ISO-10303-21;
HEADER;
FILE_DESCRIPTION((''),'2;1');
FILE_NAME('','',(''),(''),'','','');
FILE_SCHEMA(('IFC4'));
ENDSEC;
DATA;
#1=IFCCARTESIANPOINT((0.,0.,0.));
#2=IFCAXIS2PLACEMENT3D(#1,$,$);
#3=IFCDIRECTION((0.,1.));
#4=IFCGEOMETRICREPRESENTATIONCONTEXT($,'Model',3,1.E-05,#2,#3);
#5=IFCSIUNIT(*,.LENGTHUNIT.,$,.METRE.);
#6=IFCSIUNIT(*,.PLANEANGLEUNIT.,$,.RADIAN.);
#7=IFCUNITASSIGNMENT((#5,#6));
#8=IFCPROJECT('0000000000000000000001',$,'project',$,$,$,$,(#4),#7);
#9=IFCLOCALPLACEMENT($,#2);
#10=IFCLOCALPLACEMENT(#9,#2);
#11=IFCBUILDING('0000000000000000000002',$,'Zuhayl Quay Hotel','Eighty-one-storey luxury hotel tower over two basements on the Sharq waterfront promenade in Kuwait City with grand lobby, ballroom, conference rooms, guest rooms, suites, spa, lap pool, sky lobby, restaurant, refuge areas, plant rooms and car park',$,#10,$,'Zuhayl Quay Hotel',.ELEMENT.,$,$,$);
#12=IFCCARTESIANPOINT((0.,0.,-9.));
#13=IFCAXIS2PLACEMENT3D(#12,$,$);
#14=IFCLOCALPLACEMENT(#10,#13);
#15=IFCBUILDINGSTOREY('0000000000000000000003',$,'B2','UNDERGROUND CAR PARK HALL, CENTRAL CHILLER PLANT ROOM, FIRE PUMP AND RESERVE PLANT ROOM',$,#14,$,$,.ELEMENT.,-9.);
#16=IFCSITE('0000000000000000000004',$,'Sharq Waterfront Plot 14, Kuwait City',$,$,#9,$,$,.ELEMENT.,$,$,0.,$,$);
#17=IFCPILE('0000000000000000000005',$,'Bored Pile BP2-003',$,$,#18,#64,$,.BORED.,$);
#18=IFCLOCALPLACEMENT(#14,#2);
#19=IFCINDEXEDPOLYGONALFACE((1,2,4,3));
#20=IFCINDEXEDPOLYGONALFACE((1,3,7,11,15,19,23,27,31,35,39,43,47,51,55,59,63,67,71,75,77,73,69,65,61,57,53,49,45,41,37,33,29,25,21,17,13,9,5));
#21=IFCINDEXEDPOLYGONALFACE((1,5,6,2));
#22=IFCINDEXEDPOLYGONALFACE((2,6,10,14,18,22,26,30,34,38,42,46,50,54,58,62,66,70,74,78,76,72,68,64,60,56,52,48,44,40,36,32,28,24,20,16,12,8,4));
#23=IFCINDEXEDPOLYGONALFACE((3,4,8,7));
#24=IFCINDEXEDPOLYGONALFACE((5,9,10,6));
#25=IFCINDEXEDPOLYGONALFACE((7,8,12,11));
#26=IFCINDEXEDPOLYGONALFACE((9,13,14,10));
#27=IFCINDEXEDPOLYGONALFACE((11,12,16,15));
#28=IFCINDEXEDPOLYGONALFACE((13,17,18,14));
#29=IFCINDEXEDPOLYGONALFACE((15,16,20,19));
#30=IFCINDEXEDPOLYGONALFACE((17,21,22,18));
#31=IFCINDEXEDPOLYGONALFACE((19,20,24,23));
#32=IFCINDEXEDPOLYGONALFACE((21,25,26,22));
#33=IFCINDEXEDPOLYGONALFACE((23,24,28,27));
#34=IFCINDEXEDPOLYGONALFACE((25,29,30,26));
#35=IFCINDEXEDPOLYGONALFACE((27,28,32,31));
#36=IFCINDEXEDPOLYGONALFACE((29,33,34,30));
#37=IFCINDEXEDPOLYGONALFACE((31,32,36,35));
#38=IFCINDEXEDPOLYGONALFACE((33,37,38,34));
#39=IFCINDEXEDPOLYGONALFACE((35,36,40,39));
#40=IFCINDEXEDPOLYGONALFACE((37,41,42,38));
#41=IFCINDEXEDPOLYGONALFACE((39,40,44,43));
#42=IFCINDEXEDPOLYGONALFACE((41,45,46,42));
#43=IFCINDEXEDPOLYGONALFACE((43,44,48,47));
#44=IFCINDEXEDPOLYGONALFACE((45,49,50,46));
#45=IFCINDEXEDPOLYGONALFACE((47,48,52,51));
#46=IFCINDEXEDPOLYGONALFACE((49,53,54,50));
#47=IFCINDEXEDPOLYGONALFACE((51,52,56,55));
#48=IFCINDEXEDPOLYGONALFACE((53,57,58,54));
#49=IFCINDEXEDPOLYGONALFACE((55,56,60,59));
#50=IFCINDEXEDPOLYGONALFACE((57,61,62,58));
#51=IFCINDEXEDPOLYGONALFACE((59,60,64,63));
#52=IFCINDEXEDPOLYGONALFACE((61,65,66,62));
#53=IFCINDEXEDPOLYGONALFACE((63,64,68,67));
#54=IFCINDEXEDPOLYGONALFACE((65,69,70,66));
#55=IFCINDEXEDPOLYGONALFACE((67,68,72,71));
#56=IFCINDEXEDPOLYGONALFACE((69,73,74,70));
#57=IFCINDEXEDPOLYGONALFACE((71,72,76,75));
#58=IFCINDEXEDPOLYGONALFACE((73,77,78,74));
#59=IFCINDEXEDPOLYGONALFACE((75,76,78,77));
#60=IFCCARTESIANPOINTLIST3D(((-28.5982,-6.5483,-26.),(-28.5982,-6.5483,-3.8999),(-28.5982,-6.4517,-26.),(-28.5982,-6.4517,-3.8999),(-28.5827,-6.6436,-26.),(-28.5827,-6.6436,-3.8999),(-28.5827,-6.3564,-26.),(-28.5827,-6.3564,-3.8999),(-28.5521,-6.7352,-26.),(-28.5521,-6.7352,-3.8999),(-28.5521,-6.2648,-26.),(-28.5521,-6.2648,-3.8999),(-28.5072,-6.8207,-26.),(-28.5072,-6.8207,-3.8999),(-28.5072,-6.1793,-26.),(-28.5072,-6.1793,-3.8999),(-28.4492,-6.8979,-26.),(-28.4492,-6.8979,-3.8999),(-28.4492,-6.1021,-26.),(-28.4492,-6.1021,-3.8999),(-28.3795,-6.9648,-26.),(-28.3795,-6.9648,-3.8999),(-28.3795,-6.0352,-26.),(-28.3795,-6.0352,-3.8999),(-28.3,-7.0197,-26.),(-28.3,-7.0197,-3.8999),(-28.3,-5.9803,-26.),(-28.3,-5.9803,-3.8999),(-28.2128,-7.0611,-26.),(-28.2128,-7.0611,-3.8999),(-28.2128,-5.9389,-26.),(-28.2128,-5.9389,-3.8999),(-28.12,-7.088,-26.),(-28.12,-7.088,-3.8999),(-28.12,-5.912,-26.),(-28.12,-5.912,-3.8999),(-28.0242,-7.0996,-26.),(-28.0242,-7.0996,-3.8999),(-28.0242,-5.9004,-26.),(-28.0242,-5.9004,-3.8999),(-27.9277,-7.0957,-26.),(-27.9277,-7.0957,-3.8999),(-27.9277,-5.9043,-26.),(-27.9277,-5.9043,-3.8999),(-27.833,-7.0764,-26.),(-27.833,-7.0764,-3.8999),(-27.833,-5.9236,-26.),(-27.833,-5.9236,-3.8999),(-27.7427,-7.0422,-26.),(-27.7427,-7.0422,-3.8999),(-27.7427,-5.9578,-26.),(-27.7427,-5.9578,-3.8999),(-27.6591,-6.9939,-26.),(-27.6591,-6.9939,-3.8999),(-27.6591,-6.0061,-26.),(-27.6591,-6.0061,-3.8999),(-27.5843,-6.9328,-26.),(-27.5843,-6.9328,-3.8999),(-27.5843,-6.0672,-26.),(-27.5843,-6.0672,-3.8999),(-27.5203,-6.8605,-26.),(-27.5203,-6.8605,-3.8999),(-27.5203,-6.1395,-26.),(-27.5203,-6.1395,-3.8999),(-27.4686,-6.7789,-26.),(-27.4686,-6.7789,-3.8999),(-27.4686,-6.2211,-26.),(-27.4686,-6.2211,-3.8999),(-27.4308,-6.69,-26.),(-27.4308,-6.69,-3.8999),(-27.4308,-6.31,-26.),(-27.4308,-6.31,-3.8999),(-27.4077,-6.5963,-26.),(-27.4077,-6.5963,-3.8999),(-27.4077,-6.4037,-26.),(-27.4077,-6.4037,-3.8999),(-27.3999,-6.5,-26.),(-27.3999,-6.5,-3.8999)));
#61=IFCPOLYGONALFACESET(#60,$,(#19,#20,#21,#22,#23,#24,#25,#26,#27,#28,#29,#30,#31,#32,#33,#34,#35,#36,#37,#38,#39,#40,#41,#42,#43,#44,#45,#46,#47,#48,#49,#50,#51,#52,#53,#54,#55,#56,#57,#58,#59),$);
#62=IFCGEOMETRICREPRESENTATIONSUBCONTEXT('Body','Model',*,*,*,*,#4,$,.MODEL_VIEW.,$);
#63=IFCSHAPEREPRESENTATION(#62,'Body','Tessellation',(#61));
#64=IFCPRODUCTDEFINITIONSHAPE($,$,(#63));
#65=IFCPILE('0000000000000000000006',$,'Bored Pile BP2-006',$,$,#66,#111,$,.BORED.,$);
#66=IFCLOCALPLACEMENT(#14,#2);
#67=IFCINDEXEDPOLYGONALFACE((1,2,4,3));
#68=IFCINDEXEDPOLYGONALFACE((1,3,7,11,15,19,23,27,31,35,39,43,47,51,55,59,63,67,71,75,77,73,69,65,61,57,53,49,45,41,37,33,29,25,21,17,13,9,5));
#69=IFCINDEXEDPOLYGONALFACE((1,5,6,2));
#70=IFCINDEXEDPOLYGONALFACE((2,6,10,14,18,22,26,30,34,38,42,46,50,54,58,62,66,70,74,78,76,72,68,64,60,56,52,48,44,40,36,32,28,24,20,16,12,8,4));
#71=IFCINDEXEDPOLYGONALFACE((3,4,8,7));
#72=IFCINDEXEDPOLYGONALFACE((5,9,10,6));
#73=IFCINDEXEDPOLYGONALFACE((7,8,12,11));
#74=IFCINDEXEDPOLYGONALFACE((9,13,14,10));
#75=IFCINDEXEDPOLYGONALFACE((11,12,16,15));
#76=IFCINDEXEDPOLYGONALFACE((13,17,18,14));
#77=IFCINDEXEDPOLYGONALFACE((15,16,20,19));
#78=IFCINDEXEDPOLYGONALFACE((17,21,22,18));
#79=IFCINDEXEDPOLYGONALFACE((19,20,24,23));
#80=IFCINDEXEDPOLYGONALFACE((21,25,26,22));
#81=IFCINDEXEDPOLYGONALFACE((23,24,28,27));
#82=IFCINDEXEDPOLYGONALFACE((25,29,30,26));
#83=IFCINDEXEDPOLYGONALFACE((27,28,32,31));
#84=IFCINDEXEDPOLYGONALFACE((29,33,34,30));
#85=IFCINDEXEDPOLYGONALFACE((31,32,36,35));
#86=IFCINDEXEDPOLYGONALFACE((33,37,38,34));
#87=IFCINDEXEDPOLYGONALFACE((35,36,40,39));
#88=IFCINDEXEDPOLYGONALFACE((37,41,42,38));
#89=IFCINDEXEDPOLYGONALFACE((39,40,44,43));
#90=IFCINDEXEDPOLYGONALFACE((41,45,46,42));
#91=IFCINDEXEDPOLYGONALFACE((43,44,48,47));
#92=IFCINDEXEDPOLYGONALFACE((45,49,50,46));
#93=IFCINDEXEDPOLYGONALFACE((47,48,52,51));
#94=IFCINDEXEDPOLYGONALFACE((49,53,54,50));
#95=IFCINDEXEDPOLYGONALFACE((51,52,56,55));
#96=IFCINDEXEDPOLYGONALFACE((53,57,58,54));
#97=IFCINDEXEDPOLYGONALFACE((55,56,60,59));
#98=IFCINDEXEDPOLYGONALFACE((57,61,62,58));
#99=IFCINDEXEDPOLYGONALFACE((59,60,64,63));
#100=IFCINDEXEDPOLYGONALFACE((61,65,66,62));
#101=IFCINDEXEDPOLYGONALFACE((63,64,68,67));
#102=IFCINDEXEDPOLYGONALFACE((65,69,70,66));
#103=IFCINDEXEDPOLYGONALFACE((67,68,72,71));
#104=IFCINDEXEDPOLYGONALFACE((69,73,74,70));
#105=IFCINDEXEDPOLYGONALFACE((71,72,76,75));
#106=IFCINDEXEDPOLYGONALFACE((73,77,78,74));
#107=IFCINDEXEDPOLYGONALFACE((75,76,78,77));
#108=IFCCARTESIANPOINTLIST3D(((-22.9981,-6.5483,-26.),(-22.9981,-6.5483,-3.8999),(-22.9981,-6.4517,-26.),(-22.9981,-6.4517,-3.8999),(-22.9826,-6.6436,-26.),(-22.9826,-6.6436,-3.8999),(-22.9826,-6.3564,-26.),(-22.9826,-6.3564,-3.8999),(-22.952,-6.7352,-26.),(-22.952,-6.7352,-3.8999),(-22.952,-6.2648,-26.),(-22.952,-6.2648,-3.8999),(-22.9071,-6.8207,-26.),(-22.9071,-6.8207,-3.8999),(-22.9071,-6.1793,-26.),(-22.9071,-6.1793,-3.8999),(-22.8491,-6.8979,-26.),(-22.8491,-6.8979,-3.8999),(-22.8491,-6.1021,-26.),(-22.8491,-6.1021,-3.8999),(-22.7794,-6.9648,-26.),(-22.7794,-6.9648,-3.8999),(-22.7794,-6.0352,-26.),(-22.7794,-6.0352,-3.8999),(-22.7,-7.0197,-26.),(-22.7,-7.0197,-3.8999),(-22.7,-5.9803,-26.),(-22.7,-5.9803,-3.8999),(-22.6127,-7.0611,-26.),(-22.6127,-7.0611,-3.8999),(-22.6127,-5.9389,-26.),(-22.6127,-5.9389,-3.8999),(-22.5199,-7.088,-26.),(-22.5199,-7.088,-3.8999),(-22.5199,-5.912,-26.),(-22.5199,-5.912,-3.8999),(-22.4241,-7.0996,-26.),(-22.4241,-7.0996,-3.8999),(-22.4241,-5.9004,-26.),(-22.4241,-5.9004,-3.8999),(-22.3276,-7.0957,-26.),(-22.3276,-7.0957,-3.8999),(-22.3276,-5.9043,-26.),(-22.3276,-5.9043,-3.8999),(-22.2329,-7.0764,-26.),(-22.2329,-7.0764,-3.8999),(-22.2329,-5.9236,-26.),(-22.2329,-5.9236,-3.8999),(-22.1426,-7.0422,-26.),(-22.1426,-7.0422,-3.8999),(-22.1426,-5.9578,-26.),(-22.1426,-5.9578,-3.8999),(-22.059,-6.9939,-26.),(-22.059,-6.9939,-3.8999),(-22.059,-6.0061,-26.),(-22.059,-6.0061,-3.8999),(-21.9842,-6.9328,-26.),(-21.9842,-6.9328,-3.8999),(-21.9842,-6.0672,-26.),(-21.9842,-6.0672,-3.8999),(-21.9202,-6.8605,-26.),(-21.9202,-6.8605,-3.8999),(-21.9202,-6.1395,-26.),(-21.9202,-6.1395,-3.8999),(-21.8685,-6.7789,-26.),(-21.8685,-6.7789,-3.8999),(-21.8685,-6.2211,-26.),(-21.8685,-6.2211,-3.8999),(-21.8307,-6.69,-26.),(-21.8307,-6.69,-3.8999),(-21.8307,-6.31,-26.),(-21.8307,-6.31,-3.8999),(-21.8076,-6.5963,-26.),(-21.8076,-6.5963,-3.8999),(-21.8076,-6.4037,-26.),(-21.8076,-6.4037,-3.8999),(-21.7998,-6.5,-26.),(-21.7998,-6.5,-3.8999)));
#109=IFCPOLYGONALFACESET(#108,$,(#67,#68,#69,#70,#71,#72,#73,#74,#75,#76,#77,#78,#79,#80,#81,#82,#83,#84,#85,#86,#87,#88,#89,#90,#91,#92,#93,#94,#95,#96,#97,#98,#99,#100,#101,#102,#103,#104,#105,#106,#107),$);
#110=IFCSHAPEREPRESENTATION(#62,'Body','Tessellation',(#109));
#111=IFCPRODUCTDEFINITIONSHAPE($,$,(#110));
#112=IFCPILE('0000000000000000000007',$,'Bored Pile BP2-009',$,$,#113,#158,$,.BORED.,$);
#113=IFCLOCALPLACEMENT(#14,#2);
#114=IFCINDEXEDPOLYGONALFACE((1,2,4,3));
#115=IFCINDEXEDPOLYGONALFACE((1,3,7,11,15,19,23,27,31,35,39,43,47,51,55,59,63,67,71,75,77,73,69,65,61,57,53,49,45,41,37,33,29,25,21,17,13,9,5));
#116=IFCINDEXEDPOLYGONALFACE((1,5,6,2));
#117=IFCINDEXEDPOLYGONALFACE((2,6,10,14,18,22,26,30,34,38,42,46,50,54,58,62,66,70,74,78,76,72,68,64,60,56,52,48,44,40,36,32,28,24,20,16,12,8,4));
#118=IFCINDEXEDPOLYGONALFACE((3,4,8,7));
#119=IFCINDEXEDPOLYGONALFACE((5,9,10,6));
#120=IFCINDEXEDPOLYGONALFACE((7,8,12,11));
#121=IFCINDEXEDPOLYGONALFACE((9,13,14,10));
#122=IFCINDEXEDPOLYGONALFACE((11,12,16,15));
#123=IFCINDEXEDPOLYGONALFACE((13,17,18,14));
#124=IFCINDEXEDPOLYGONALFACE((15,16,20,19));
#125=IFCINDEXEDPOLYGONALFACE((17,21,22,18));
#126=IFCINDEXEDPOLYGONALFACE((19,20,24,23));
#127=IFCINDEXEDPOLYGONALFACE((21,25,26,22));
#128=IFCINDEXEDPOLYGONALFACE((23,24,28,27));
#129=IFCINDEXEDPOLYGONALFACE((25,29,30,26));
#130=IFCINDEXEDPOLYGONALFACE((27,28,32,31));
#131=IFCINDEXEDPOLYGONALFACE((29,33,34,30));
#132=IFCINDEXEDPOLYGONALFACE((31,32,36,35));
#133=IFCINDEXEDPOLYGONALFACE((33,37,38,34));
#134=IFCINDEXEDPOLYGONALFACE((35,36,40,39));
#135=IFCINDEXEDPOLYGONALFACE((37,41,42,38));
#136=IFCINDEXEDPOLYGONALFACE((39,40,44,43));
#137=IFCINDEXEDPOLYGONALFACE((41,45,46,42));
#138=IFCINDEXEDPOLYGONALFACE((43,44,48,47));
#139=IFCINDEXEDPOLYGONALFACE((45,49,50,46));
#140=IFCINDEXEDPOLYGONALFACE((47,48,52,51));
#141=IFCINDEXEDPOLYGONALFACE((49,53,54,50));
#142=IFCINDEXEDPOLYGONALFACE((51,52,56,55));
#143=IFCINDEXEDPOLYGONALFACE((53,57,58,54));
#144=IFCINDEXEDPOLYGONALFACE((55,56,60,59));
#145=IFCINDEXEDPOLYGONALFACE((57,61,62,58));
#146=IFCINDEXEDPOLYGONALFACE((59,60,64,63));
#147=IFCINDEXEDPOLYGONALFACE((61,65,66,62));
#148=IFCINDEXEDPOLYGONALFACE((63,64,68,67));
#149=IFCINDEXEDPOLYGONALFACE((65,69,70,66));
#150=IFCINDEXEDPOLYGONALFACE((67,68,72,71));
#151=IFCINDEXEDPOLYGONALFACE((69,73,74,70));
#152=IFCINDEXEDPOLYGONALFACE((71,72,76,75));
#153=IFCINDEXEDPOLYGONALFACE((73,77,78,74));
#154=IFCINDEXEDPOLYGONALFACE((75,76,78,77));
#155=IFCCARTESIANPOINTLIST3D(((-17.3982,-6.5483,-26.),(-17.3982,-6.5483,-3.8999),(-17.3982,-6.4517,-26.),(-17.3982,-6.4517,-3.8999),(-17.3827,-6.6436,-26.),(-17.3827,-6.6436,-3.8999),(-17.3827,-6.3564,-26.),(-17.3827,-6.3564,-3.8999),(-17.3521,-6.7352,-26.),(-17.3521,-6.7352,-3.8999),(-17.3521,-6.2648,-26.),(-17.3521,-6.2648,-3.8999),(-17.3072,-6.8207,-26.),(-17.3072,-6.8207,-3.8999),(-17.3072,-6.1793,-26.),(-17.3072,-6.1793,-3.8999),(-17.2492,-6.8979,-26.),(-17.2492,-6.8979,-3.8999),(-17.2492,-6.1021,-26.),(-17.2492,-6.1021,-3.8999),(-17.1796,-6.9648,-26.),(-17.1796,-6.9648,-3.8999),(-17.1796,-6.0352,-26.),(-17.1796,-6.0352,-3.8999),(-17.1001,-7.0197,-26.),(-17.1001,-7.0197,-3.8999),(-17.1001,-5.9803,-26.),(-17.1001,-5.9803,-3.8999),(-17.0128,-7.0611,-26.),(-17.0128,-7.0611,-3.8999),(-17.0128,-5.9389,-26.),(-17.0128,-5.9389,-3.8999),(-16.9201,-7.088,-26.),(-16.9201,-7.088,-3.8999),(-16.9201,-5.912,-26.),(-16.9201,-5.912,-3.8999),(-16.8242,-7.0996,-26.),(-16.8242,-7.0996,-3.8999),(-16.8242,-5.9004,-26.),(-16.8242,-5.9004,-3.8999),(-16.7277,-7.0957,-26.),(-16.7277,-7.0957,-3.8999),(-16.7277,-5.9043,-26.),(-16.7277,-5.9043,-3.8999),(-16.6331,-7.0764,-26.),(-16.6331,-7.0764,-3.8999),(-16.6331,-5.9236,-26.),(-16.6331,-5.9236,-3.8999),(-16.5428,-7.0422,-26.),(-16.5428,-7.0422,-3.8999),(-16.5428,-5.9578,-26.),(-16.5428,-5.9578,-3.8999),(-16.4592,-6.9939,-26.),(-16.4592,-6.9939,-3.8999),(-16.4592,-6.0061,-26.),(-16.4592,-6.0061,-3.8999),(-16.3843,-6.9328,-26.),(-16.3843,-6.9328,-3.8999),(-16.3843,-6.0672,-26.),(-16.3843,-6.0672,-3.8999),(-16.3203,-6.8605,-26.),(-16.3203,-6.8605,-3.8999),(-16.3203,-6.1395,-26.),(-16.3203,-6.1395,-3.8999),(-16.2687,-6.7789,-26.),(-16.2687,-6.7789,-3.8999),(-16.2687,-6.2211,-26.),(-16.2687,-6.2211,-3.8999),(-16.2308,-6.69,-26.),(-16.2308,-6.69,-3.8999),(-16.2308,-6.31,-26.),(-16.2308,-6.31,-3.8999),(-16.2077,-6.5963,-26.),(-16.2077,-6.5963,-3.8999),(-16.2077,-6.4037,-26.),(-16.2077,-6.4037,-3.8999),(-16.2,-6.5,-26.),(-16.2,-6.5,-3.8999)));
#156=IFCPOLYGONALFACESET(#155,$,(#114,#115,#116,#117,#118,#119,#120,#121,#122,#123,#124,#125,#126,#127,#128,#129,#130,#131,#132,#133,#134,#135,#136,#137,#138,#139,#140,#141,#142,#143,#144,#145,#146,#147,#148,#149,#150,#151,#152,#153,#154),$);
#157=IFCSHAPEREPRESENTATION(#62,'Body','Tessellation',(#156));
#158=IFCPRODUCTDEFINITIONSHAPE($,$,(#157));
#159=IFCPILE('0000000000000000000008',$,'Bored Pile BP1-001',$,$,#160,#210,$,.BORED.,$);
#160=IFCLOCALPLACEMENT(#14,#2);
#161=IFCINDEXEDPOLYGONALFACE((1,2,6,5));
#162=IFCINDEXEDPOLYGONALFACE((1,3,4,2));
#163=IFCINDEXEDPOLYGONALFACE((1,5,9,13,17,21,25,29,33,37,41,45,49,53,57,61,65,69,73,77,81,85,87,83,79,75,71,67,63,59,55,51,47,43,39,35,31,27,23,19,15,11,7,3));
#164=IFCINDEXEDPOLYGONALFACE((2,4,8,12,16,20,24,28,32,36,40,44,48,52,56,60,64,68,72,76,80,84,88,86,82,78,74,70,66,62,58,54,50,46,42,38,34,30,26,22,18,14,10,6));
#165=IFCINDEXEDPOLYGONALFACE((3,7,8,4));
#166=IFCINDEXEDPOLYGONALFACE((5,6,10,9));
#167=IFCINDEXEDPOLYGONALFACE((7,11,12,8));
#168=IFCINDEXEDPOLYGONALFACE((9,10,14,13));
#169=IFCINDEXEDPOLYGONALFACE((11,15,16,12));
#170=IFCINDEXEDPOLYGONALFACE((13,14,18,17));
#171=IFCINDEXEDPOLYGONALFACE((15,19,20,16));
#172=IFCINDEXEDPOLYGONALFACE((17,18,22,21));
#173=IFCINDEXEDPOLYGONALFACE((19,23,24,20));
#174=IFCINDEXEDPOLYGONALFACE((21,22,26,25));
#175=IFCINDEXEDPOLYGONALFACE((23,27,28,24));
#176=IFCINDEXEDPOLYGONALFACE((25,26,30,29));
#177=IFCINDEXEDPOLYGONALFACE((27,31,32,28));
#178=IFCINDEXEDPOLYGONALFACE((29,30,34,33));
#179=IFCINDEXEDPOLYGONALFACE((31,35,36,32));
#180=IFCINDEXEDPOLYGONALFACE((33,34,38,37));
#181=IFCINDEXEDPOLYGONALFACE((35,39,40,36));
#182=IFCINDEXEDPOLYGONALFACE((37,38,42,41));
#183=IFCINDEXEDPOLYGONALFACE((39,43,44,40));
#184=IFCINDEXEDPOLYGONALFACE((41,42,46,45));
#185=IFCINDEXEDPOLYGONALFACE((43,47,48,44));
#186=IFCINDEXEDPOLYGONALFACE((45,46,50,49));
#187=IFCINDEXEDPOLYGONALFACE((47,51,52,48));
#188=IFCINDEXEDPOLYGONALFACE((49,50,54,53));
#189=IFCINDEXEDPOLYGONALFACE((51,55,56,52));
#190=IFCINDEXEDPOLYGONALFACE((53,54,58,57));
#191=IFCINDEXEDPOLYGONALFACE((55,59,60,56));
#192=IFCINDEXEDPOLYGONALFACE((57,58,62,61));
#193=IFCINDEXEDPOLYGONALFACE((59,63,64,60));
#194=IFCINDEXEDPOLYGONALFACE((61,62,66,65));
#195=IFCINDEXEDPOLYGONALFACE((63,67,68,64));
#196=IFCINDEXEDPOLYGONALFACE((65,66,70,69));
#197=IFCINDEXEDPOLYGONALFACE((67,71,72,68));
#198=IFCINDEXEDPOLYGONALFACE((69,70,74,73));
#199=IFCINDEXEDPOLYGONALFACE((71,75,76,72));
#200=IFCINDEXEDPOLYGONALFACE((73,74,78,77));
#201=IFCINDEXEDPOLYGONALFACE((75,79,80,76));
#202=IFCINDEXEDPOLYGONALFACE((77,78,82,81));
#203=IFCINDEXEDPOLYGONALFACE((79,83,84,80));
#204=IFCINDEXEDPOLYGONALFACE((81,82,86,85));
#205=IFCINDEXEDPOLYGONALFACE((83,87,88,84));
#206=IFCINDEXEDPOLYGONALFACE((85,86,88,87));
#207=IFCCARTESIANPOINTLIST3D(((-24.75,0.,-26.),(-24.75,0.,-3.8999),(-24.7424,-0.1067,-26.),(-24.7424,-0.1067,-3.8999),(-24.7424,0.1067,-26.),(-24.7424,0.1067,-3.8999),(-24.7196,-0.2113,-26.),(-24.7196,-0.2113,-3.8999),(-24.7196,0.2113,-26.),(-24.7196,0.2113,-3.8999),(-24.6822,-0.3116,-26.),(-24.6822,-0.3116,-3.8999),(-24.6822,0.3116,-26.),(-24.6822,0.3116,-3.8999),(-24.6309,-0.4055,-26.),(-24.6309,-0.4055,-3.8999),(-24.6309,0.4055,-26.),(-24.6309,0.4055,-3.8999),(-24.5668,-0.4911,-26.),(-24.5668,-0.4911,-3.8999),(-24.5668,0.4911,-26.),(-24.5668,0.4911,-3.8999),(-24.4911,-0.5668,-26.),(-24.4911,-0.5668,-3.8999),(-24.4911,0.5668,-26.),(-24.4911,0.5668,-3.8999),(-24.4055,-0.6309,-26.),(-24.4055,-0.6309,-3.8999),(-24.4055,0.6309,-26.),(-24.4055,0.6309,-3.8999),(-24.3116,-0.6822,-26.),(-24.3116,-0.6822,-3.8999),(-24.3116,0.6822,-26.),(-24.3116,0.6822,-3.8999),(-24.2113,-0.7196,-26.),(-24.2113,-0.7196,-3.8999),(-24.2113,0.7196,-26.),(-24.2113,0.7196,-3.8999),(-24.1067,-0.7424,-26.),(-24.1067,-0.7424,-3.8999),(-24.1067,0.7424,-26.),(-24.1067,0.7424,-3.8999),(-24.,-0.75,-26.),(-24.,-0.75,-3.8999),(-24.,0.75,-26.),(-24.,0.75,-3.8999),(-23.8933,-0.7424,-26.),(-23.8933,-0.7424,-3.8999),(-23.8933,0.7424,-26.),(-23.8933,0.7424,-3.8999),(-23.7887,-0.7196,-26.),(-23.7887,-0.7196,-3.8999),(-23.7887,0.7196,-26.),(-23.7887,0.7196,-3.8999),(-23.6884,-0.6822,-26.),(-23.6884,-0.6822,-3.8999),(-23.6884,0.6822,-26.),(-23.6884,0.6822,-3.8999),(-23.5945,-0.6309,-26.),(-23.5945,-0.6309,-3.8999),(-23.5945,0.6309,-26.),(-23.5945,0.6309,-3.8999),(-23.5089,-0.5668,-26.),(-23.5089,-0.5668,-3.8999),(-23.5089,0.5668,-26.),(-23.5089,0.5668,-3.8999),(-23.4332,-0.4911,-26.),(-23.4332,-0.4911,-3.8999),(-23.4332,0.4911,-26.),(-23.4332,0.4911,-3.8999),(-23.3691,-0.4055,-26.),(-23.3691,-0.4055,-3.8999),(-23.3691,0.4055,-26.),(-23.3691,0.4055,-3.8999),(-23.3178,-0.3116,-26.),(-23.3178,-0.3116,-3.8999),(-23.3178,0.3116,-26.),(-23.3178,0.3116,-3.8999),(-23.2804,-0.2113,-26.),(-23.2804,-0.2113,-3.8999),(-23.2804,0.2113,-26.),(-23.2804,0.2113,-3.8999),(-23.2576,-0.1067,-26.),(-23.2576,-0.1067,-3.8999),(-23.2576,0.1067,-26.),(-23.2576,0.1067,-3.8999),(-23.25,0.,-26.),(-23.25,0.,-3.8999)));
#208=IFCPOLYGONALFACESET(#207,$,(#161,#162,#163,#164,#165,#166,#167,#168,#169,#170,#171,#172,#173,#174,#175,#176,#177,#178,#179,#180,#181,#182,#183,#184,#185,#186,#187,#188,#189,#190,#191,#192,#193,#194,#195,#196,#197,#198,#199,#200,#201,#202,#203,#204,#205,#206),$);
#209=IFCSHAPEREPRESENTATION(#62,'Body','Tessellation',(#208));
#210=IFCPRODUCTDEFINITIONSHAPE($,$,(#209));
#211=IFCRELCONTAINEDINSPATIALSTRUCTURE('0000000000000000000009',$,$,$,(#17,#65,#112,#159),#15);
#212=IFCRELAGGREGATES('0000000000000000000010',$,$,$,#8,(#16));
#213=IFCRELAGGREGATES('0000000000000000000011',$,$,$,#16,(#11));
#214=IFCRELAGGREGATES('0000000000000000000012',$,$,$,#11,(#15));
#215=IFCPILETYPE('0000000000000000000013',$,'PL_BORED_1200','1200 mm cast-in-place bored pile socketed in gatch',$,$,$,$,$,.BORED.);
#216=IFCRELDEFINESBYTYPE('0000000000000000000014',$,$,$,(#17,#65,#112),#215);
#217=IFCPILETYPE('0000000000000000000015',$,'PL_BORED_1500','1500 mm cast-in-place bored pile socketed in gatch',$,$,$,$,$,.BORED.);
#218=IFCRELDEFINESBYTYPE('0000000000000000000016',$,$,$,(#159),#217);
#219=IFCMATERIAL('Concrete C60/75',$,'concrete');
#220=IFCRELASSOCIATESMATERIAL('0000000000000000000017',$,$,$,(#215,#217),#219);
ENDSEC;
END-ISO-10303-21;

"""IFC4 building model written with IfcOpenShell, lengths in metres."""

from ifc_helpers import new_model, si_unit, direction, frame, origin, origin_2d, place, context, subcontext, project, spatial, circle, extrude, material, material_profile, profile_set, type_object, element, save


model = new_model("IFC4")

# Units and contexts
model_context = context("Model", 3, precision=1e-05, world=origin(), true_north=direction((0.0, 1.0)))
body_context = subcontext(model_context, "Body", "Model", "MODEL_VIEW")
ifc_project = project(units=[si_unit("LENGTHUNIT", "METRE"), si_unit("PLANEANGLEUNIT", "RADIAN")], contexts=[model_context])

# Site, building, storey
site_placement = place(None, origin())
site = spatial("IfcSite", under=ifc_project, at=site_placement, Name="Sharq Waterfront Plot 14, Kuwait City", CompositionType="ELEMENT", RefElevation=0.0)
building_placement = place(site_placement, origin())
building = spatial("IfcBuilding", under=site, at=building_placement, Name="Zuhayl Quay Hotel", Description="Eighty-one-storey luxury hotel tower over two basements on the Sharq waterfront promenade in Kuwait City with grand lobby, ballroom, conference rooms, guest rooms, suites, spa, lap pool, sky lobby, restaurant, refuge areas, plant rooms and car park", LongName="Zuhayl Quay Hotel", CompositionType="ELEMENT")
storey_placement = place(building_placement, frame((0.0, 0.0, -9.0)))
storey = spatial("IfcBuildingStorey", under=building, at=storey_placement, Name="B2", Description="UNDERGROUND CAR PARK HALL, CENTRAL CHILLER PLANT ROOM, FIRE PUMP AND RESERVE PLANT ROOM", CompositionType="ELEMENT", Elevation=-9.0)

# Piles
ifc_material_1 = material(Name="Concrete C60/75", Category="concrete")
ifc_material_profile_1 = material_profile(ifc_material_1, circle(Radius=0.6001, at=origin_2d()), Name="PILE1200")
ifc_profile_set_1 = profile_set([ifc_material_profile_1], Name="Concrete C60/75")
pile_type_1 = type_object("IfcPileType", Name="PL_BORED_1200", Description="1200 mm cast-in-place bored pile socketed in gatch", PredefinedType="BORED", material=ifc_profile_set_1)
for number, where, z_axis, x_axis, name in (
    (1, (-28.0, -6.5, -3.8999), (0.0, 0.0, -1.0), (1.0, 0.0, 0.0), "Bored Pile BP2-003"),
    (2, (-22.3999, -6.5, -3.8999), (0.0, 0.0, -1.0), (1.0, 0.0, 0.0), "Bored Pile BP2-006"),
    (3, (-16.8, -6.5, -3.8999), (0.0, 0.0, -1.0), (1.0, 0.0, 0.0), "Bored Pile BP2-009"),
):
    element("IfcPile", number, at=place(storey_placement, frame(where, z_axis=z_axis, x_axis=x_axis)), inside=storey, type_object=pile_type_1, Name=name, PredefinedType="BORED", context=body_context, shape_type="SweptSolid", body=[
        extrude(circle(Radius=0.6001, at=origin_2d()), origin(), (0.0, 0.0, 1.0), 22.1001),
    ])
ifc_material_profile_2 = material_profile(ifc_material_1, circle(Radius=0.75, at=origin_2d()), Name="PILE1500")
ifc_profile_set_2 = profile_set([ifc_material_profile_2], Name="Concrete C60/75")
pile_type_2 = type_object("IfcPileType", Name="PL_BORED_1500", Description="1500 mm cast-in-place bored pile socketed in gatch", PredefinedType="BORED", material=ifc_profile_set_2)
for number, where, z_axis, x_axis, name in (
    (4, (-24.0, 0.0, -3.8999), (0.0, 0.0, -1.0), (1.0, 0.0, 0.0), "Bored Pile BP1-001"),
):
    element("IfcPile", number, at=place(storey_placement, frame(where, z_axis=z_axis, x_axis=x_axis)), inside=storey, type_object=pile_type_2, Name=name, PredefinedType="BORED", context=body_context, shape_type="SweptSolid", body=[
        extrude(circle(Radius=0.75, at=origin_2d()), origin(), (0.0, 0.0, 1.0), 22.1001),
    ])

save(model, "model.ifc")
